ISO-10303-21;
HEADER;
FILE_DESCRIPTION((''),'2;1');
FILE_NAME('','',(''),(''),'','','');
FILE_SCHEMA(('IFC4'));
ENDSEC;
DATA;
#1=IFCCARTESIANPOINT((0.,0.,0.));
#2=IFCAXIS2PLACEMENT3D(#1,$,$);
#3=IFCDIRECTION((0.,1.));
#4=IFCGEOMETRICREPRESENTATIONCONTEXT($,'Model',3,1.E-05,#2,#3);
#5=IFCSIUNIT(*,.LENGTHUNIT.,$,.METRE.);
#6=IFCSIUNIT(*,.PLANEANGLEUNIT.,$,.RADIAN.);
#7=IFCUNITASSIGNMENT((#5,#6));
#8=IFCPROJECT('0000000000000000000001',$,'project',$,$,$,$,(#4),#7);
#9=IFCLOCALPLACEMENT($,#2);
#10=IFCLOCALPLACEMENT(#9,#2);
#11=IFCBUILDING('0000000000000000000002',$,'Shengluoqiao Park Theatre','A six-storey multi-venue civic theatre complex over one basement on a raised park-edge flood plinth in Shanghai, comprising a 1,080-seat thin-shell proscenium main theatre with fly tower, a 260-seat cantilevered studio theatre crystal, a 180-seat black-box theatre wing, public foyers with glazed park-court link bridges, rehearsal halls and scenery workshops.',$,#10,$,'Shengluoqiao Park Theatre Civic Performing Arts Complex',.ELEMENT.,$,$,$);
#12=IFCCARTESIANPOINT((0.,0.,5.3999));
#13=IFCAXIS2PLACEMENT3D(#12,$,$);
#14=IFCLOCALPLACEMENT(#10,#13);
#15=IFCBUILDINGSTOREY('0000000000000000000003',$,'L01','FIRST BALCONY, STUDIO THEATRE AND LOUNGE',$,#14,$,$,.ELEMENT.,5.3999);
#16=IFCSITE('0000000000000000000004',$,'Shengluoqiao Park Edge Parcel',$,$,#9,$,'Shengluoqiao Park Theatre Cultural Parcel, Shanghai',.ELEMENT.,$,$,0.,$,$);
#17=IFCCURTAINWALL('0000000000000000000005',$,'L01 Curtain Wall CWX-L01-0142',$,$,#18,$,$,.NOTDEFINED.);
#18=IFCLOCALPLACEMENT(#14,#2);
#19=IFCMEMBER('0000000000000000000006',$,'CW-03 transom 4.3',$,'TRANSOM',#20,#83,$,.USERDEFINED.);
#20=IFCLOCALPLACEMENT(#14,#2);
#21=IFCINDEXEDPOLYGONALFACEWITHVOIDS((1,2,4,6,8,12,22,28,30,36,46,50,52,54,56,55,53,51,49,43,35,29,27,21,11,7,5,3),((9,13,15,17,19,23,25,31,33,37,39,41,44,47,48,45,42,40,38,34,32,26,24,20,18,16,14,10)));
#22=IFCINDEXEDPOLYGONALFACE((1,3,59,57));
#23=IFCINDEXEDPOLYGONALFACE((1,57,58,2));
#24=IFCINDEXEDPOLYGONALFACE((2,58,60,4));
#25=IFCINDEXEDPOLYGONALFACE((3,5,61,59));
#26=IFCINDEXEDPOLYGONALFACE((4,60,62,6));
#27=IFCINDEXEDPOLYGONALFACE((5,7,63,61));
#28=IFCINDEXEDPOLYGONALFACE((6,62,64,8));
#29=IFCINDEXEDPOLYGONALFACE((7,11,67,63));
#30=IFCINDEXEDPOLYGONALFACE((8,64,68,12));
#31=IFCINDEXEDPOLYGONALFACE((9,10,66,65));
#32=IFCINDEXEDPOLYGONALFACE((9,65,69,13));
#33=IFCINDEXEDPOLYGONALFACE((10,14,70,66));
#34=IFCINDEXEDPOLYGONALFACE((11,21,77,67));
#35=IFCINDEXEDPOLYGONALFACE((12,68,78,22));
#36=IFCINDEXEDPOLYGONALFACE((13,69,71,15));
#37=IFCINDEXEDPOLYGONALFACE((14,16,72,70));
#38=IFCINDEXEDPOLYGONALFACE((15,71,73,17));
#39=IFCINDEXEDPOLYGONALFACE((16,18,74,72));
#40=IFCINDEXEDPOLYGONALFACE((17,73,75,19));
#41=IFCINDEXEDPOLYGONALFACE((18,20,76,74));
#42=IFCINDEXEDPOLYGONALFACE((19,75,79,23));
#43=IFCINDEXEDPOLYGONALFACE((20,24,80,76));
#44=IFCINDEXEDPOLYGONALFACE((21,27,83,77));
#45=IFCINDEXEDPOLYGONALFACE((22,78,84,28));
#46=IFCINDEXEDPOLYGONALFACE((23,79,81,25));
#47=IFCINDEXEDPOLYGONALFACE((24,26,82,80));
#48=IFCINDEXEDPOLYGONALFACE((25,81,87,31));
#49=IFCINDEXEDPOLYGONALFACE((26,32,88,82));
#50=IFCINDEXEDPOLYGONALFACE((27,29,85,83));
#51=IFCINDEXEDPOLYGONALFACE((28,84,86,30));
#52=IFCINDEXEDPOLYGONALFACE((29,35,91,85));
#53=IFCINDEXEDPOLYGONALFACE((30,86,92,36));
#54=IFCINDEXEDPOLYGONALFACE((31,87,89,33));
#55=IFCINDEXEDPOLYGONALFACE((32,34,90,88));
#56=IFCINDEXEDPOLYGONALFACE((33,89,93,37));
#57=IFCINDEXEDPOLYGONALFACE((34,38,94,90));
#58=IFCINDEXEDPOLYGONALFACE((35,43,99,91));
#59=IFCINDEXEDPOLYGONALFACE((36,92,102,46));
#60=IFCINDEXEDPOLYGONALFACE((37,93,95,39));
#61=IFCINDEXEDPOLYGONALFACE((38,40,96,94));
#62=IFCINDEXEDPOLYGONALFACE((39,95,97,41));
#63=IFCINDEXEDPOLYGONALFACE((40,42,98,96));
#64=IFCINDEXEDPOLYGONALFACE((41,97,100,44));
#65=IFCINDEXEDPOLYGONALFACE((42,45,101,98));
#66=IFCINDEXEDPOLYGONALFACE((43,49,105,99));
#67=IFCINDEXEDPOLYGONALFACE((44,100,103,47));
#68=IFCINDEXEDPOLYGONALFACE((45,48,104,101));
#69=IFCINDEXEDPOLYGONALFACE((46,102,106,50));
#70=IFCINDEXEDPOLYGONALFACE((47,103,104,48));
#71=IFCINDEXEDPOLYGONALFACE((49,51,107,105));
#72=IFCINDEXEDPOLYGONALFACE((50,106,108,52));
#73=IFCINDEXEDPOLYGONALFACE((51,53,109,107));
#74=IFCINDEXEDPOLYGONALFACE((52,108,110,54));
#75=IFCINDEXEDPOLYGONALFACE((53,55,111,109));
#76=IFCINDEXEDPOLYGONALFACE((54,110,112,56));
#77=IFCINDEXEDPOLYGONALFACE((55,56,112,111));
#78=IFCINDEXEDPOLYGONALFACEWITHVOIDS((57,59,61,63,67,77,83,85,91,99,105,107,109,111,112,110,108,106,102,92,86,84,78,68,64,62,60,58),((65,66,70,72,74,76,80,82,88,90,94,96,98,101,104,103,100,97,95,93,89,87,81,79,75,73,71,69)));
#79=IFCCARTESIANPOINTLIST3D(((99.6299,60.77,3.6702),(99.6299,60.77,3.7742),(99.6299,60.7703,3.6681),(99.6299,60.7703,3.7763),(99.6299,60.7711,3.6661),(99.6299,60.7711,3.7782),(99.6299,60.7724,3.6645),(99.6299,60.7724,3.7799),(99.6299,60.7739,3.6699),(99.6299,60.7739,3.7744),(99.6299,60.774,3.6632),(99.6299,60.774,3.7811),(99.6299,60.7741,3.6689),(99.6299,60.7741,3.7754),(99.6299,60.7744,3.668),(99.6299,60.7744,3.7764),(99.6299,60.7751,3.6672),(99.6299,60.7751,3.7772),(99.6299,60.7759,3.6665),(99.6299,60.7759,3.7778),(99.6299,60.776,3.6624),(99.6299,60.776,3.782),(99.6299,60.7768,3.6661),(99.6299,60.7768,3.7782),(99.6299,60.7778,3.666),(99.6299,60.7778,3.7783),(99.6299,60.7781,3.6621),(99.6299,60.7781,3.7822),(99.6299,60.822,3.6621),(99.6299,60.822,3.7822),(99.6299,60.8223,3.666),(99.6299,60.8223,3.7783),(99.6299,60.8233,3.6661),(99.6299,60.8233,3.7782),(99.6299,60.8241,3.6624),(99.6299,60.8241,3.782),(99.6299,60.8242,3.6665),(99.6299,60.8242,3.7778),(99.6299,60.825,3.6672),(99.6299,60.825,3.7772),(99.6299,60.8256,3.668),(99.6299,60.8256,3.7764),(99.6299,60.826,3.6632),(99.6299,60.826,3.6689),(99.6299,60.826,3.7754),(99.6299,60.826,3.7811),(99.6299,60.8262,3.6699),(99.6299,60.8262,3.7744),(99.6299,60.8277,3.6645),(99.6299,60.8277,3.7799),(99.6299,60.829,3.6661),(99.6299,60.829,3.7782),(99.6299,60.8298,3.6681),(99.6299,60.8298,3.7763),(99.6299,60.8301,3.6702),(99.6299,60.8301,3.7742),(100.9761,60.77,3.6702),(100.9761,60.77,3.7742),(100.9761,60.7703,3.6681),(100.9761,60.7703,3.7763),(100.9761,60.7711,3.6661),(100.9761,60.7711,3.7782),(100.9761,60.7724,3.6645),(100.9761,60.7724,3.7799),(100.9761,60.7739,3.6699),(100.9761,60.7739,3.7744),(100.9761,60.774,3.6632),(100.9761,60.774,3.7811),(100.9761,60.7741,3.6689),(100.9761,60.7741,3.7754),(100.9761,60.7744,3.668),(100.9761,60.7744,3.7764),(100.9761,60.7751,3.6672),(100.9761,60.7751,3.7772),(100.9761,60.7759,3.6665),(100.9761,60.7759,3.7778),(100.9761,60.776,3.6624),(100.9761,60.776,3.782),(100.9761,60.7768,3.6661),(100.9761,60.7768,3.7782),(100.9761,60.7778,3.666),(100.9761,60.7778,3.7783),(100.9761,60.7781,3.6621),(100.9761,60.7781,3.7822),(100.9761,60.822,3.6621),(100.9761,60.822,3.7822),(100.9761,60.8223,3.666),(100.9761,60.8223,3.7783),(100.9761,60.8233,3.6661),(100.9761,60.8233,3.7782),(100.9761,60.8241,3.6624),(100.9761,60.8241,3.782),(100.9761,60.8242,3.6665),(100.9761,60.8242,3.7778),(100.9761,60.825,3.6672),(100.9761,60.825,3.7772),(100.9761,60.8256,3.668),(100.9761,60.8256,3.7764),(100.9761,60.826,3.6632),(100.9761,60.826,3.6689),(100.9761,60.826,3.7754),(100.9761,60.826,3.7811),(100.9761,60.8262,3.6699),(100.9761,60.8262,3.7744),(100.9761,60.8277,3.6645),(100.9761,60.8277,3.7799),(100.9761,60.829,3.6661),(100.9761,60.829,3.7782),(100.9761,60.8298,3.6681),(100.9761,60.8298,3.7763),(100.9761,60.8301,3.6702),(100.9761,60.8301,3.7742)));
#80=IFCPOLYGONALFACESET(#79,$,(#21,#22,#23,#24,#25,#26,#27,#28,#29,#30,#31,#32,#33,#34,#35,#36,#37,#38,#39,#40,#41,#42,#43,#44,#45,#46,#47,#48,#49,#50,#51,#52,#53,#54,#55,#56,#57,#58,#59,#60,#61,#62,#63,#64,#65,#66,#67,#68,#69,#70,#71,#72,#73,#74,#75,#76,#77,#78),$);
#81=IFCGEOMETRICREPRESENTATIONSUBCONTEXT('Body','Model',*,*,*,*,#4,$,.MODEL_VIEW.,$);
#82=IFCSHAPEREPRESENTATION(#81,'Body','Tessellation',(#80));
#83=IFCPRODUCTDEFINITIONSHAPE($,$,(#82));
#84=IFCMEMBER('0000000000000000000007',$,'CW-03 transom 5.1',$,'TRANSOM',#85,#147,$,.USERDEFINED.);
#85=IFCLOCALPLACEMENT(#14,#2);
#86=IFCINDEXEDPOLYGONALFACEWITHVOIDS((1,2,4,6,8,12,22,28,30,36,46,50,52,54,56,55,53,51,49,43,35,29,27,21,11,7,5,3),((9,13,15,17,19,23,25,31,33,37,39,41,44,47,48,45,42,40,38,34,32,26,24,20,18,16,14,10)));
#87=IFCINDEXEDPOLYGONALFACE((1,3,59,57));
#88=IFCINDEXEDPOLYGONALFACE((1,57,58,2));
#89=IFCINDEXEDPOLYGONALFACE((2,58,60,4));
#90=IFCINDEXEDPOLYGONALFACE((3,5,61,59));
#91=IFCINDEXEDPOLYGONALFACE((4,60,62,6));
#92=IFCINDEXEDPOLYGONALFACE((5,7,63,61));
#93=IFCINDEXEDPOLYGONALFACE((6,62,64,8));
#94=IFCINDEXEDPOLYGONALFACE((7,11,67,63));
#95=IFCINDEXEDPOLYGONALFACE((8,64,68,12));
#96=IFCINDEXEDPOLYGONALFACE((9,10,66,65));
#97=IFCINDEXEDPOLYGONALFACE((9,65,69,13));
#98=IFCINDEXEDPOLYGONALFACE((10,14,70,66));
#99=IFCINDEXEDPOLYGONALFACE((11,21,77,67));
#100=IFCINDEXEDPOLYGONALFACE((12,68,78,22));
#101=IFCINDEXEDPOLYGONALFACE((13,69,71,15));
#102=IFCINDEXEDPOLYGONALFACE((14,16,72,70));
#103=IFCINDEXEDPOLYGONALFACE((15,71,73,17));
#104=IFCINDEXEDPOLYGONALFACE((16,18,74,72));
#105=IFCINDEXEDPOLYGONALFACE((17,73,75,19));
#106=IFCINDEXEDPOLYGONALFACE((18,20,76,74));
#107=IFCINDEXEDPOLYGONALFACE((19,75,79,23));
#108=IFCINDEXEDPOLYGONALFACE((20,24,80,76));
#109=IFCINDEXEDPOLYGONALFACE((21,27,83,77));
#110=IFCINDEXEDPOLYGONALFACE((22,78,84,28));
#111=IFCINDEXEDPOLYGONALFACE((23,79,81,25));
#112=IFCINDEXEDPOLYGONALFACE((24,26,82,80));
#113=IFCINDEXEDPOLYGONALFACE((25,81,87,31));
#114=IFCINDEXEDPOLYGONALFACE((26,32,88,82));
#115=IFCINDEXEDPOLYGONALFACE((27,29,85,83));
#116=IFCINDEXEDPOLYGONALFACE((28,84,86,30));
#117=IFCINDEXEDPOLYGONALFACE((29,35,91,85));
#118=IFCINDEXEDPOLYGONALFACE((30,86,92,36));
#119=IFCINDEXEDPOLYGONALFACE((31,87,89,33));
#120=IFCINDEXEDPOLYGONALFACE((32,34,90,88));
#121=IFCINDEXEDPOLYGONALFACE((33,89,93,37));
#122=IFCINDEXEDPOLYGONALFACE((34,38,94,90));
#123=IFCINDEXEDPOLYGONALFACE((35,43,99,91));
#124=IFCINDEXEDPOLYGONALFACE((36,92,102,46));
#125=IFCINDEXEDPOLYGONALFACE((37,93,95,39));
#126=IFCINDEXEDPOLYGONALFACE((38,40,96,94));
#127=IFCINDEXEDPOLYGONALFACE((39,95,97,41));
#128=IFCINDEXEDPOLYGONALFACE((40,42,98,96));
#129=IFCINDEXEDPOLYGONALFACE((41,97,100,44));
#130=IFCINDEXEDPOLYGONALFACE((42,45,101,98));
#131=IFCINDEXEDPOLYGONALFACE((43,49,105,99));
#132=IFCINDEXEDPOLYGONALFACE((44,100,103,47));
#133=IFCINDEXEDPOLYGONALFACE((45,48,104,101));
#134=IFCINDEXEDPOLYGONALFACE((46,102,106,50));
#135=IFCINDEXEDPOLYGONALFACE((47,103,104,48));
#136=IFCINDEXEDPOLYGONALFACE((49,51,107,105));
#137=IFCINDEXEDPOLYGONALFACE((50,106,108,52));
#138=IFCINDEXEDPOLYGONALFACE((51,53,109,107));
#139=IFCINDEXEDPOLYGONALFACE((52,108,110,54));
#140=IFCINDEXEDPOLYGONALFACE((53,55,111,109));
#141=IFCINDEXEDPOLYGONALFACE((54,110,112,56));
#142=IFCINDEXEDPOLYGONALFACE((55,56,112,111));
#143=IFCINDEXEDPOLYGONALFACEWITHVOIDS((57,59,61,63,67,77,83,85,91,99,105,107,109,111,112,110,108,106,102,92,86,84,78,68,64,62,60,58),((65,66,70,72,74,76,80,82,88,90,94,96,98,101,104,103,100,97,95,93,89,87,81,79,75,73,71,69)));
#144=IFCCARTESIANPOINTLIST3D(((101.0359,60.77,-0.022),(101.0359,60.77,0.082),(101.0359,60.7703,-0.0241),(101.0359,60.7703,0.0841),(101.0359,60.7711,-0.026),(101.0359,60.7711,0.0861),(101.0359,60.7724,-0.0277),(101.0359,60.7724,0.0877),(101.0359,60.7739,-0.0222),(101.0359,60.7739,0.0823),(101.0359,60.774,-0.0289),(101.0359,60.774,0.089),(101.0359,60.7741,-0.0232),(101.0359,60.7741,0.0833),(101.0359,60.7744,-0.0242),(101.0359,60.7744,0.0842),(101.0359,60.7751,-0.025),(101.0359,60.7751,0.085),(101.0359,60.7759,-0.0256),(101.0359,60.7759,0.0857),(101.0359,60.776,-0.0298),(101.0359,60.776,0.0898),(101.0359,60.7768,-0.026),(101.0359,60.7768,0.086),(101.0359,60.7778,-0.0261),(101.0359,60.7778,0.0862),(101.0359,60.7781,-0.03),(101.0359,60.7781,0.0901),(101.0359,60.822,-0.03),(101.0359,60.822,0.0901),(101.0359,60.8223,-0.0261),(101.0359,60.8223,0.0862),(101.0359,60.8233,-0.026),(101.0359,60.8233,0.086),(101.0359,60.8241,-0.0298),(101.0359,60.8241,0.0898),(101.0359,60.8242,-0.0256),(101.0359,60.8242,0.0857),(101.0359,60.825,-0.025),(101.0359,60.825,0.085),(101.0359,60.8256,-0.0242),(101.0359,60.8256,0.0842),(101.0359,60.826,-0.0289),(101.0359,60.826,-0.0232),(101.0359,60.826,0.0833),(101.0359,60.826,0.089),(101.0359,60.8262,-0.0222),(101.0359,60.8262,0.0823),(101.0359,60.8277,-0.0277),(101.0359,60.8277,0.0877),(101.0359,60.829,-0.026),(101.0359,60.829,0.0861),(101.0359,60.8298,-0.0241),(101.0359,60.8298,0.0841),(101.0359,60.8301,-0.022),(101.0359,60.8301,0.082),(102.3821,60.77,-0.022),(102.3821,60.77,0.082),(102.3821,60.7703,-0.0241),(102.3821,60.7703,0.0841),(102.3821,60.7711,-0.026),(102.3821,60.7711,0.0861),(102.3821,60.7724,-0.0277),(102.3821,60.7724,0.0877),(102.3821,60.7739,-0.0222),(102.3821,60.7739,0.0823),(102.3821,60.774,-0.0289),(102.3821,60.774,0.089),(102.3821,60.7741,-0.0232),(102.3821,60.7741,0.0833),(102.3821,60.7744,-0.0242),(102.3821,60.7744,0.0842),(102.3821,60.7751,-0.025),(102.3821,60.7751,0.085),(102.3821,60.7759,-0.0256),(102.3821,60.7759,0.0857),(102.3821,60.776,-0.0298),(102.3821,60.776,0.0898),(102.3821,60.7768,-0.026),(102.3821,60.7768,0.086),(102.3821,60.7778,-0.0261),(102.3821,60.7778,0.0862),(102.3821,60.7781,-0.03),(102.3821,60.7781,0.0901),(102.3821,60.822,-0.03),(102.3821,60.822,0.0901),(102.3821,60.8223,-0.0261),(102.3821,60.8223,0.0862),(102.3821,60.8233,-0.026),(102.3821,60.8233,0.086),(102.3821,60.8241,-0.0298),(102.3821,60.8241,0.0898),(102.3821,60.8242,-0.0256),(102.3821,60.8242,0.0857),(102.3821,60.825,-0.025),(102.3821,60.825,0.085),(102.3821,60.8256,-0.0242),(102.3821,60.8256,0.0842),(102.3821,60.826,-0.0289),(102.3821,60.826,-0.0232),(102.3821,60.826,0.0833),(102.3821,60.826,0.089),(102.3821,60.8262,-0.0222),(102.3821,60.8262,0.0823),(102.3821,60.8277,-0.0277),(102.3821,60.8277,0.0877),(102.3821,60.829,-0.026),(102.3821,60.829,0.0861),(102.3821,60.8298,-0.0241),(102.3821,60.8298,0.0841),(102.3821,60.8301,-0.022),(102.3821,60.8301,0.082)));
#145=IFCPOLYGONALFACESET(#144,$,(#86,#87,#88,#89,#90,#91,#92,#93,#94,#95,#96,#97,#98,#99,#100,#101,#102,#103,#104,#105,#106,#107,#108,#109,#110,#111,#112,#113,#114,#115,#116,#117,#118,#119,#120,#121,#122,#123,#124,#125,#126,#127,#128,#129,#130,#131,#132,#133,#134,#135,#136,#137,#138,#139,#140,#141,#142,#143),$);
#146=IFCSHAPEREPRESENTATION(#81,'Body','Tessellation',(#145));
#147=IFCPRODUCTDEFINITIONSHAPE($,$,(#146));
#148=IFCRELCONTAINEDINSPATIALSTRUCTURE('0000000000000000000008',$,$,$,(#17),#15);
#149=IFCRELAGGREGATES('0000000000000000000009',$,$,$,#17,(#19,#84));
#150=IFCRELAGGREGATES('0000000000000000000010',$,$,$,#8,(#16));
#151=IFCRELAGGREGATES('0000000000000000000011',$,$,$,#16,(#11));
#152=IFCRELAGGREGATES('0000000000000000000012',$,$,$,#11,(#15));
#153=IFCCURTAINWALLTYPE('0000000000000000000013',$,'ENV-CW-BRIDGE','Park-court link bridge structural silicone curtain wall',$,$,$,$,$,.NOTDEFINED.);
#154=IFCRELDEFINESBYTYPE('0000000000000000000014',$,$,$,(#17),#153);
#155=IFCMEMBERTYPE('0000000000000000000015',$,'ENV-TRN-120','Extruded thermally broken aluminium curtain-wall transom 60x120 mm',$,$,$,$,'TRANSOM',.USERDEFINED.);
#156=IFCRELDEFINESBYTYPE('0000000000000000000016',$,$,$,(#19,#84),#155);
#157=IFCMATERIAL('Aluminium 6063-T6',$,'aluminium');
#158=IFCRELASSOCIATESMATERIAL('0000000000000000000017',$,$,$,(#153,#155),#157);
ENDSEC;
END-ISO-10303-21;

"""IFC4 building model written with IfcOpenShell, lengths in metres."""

from ifc_helpers import new_model, si_unit, direction, frame, origin, origin_2d, place, context, subcontext, project, spatial, hollow_rectangle, extrude, material, material_profile, profile_set, type_object, element, aggregate, save


model = new_model("IFC4")

# Units and contexts
model_context = context("Model", 3, precision=1e-05, world=origin(), true_north=direction((0.0, 1.0)))
body_context = subcontext(model_context, "Body", "Model", "MODEL_VIEW")
ifc_project = project(units=[si_unit("LENGTHUNIT", "METRE"), si_unit("PLANEANGLEUNIT", "RADIAN")], contexts=[model_context])

# Site, building, storey
site_placement = place(None, origin())
site = spatial("IfcSite", under=ifc_project, at=site_placement, Name="Shengluoqiao Park Edge Parcel", LongName="Shengluoqiao Park Theatre Cultural Parcel, Shanghai", CompositionType="ELEMENT", RefElevation=0.0)
building_placement = place(site_placement, origin())
building = spatial("IfcBuilding", under=site, at=building_placement, Name="Shengluoqiao Park Theatre", Description="A six-storey multi-venue civic theatre complex over one basement on a raised park-edge flood plinth in Shanghai, comprising a 1,080-seat thin-shell proscenium main theatre with fly tower, a 260-seat cantilevered studio theatre crystal, a 180-seat black-box theatre wing, public foyers with glazed park-court link bridges, rehearsal halls and scenery workshops.", LongName="Shengluoqiao Park Theatre Civic Performing Arts Complex", CompositionType="ELEMENT")
storey_placement = place(building_placement, frame((0.0, 0.0, 5.3999)))
storey = spatial("IfcBuildingStorey", under=building, at=storey_placement, Name="L01", Description="FIRST BALCONY, STUDIO THEATRE AND LOUNGE", CompositionType="ELEMENT", Elevation=5.3999)

# Shared definitions
ifc_material_1 = material(Name="Aluminium 6063-T6", Category="aluminium")
curtain_wall_type = type_object("IfcCurtainWallType", Name="ENV-CW-BRIDGE", Description="Park-court link bridge structural silicone curtain wall", PredefinedType="NOTDEFINED", material=ifc_material_1)

# Curtain wall
curtain_wall_1_placement = place(storey_placement, origin())
curtain_wall_1 = element("IfcCurtainWall", 1, at=curtain_wall_1_placement, inside=storey, type_object=curtain_wall_type, Name="L01 Curtain Wall CWX-L01-0142", PredefinedType="NOTDEFINED")

# Members
ifc_material_profile_1 = material_profile(ifc_material_1, hollow_rectangle(XDim=0.0601, YDim=0.1201, WallThickness=0.0039, InnerFilletRadius=0.0039, OuterFilletRadius=0.0081, at=origin_2d()), Name="ALU TRANSOM 120x60x4")
ifc_profile_set_1 = profile_set([ifc_material_profile_1], Name="Aluminium 6063-T6")
member_type_1 = type_object("IfcMemberType", Name="ENV-TRN-120", Description="Extruded thermally broken aluminium curtain-wall transom 60x120 mm", ElementType="TRANSOM", PredefinedType="USERDEFINED", material=ifc_profile_set_1)
member_1_placement = place(storey_placement, frame((99.6299, 60.8, 3.7222), z_axis=(1.0, 0.0, 0.0), x_axis=(0.0, 1.0, 0.0)))
member_1 = element("IfcMember", 2, at=member_1_placement, type_object=member_type_1, Name="CW-03 transom 4.3", ObjectType="TRANSOM", PredefinedType="USERDEFINED", context=body_context, shape_type="SweptSolid", body=[
    extrude(hollow_rectangle(XDim=0.0601, YDim=0.1201, WallThickness=0.0039, InnerFilletRadius=0.0039, OuterFilletRadius=0.0081, at=origin_2d()), origin(), (0.0, 0.0, 1.0), 1.3462),
])
member_2_placement = place(storey_placement, frame((101.0359, 60.8, 0.03), z_axis=(1.0, 0.0, 0.0), x_axis=(0.0, 1.0, 0.0)))
member_2 = element("IfcMember", 3, at=member_2_placement, type_object=member_type_1, Name="CW-03 transom 5.1", ObjectType="TRANSOM", PredefinedType="USERDEFINED", context=body_context, shape_type="SweptSolid", body=[
    extrude(hollow_rectangle(XDim=0.0601, YDim=0.1201, WallThickness=0.0039, InnerFilletRadius=0.0039, OuterFilletRadius=0.0081, at=origin_2d()), origin(), (0.0, 0.0, 1.0), 1.3462),
])

aggregate(curtain_wall_1, [member_1, member_2])

save(model, "model.ifc")
